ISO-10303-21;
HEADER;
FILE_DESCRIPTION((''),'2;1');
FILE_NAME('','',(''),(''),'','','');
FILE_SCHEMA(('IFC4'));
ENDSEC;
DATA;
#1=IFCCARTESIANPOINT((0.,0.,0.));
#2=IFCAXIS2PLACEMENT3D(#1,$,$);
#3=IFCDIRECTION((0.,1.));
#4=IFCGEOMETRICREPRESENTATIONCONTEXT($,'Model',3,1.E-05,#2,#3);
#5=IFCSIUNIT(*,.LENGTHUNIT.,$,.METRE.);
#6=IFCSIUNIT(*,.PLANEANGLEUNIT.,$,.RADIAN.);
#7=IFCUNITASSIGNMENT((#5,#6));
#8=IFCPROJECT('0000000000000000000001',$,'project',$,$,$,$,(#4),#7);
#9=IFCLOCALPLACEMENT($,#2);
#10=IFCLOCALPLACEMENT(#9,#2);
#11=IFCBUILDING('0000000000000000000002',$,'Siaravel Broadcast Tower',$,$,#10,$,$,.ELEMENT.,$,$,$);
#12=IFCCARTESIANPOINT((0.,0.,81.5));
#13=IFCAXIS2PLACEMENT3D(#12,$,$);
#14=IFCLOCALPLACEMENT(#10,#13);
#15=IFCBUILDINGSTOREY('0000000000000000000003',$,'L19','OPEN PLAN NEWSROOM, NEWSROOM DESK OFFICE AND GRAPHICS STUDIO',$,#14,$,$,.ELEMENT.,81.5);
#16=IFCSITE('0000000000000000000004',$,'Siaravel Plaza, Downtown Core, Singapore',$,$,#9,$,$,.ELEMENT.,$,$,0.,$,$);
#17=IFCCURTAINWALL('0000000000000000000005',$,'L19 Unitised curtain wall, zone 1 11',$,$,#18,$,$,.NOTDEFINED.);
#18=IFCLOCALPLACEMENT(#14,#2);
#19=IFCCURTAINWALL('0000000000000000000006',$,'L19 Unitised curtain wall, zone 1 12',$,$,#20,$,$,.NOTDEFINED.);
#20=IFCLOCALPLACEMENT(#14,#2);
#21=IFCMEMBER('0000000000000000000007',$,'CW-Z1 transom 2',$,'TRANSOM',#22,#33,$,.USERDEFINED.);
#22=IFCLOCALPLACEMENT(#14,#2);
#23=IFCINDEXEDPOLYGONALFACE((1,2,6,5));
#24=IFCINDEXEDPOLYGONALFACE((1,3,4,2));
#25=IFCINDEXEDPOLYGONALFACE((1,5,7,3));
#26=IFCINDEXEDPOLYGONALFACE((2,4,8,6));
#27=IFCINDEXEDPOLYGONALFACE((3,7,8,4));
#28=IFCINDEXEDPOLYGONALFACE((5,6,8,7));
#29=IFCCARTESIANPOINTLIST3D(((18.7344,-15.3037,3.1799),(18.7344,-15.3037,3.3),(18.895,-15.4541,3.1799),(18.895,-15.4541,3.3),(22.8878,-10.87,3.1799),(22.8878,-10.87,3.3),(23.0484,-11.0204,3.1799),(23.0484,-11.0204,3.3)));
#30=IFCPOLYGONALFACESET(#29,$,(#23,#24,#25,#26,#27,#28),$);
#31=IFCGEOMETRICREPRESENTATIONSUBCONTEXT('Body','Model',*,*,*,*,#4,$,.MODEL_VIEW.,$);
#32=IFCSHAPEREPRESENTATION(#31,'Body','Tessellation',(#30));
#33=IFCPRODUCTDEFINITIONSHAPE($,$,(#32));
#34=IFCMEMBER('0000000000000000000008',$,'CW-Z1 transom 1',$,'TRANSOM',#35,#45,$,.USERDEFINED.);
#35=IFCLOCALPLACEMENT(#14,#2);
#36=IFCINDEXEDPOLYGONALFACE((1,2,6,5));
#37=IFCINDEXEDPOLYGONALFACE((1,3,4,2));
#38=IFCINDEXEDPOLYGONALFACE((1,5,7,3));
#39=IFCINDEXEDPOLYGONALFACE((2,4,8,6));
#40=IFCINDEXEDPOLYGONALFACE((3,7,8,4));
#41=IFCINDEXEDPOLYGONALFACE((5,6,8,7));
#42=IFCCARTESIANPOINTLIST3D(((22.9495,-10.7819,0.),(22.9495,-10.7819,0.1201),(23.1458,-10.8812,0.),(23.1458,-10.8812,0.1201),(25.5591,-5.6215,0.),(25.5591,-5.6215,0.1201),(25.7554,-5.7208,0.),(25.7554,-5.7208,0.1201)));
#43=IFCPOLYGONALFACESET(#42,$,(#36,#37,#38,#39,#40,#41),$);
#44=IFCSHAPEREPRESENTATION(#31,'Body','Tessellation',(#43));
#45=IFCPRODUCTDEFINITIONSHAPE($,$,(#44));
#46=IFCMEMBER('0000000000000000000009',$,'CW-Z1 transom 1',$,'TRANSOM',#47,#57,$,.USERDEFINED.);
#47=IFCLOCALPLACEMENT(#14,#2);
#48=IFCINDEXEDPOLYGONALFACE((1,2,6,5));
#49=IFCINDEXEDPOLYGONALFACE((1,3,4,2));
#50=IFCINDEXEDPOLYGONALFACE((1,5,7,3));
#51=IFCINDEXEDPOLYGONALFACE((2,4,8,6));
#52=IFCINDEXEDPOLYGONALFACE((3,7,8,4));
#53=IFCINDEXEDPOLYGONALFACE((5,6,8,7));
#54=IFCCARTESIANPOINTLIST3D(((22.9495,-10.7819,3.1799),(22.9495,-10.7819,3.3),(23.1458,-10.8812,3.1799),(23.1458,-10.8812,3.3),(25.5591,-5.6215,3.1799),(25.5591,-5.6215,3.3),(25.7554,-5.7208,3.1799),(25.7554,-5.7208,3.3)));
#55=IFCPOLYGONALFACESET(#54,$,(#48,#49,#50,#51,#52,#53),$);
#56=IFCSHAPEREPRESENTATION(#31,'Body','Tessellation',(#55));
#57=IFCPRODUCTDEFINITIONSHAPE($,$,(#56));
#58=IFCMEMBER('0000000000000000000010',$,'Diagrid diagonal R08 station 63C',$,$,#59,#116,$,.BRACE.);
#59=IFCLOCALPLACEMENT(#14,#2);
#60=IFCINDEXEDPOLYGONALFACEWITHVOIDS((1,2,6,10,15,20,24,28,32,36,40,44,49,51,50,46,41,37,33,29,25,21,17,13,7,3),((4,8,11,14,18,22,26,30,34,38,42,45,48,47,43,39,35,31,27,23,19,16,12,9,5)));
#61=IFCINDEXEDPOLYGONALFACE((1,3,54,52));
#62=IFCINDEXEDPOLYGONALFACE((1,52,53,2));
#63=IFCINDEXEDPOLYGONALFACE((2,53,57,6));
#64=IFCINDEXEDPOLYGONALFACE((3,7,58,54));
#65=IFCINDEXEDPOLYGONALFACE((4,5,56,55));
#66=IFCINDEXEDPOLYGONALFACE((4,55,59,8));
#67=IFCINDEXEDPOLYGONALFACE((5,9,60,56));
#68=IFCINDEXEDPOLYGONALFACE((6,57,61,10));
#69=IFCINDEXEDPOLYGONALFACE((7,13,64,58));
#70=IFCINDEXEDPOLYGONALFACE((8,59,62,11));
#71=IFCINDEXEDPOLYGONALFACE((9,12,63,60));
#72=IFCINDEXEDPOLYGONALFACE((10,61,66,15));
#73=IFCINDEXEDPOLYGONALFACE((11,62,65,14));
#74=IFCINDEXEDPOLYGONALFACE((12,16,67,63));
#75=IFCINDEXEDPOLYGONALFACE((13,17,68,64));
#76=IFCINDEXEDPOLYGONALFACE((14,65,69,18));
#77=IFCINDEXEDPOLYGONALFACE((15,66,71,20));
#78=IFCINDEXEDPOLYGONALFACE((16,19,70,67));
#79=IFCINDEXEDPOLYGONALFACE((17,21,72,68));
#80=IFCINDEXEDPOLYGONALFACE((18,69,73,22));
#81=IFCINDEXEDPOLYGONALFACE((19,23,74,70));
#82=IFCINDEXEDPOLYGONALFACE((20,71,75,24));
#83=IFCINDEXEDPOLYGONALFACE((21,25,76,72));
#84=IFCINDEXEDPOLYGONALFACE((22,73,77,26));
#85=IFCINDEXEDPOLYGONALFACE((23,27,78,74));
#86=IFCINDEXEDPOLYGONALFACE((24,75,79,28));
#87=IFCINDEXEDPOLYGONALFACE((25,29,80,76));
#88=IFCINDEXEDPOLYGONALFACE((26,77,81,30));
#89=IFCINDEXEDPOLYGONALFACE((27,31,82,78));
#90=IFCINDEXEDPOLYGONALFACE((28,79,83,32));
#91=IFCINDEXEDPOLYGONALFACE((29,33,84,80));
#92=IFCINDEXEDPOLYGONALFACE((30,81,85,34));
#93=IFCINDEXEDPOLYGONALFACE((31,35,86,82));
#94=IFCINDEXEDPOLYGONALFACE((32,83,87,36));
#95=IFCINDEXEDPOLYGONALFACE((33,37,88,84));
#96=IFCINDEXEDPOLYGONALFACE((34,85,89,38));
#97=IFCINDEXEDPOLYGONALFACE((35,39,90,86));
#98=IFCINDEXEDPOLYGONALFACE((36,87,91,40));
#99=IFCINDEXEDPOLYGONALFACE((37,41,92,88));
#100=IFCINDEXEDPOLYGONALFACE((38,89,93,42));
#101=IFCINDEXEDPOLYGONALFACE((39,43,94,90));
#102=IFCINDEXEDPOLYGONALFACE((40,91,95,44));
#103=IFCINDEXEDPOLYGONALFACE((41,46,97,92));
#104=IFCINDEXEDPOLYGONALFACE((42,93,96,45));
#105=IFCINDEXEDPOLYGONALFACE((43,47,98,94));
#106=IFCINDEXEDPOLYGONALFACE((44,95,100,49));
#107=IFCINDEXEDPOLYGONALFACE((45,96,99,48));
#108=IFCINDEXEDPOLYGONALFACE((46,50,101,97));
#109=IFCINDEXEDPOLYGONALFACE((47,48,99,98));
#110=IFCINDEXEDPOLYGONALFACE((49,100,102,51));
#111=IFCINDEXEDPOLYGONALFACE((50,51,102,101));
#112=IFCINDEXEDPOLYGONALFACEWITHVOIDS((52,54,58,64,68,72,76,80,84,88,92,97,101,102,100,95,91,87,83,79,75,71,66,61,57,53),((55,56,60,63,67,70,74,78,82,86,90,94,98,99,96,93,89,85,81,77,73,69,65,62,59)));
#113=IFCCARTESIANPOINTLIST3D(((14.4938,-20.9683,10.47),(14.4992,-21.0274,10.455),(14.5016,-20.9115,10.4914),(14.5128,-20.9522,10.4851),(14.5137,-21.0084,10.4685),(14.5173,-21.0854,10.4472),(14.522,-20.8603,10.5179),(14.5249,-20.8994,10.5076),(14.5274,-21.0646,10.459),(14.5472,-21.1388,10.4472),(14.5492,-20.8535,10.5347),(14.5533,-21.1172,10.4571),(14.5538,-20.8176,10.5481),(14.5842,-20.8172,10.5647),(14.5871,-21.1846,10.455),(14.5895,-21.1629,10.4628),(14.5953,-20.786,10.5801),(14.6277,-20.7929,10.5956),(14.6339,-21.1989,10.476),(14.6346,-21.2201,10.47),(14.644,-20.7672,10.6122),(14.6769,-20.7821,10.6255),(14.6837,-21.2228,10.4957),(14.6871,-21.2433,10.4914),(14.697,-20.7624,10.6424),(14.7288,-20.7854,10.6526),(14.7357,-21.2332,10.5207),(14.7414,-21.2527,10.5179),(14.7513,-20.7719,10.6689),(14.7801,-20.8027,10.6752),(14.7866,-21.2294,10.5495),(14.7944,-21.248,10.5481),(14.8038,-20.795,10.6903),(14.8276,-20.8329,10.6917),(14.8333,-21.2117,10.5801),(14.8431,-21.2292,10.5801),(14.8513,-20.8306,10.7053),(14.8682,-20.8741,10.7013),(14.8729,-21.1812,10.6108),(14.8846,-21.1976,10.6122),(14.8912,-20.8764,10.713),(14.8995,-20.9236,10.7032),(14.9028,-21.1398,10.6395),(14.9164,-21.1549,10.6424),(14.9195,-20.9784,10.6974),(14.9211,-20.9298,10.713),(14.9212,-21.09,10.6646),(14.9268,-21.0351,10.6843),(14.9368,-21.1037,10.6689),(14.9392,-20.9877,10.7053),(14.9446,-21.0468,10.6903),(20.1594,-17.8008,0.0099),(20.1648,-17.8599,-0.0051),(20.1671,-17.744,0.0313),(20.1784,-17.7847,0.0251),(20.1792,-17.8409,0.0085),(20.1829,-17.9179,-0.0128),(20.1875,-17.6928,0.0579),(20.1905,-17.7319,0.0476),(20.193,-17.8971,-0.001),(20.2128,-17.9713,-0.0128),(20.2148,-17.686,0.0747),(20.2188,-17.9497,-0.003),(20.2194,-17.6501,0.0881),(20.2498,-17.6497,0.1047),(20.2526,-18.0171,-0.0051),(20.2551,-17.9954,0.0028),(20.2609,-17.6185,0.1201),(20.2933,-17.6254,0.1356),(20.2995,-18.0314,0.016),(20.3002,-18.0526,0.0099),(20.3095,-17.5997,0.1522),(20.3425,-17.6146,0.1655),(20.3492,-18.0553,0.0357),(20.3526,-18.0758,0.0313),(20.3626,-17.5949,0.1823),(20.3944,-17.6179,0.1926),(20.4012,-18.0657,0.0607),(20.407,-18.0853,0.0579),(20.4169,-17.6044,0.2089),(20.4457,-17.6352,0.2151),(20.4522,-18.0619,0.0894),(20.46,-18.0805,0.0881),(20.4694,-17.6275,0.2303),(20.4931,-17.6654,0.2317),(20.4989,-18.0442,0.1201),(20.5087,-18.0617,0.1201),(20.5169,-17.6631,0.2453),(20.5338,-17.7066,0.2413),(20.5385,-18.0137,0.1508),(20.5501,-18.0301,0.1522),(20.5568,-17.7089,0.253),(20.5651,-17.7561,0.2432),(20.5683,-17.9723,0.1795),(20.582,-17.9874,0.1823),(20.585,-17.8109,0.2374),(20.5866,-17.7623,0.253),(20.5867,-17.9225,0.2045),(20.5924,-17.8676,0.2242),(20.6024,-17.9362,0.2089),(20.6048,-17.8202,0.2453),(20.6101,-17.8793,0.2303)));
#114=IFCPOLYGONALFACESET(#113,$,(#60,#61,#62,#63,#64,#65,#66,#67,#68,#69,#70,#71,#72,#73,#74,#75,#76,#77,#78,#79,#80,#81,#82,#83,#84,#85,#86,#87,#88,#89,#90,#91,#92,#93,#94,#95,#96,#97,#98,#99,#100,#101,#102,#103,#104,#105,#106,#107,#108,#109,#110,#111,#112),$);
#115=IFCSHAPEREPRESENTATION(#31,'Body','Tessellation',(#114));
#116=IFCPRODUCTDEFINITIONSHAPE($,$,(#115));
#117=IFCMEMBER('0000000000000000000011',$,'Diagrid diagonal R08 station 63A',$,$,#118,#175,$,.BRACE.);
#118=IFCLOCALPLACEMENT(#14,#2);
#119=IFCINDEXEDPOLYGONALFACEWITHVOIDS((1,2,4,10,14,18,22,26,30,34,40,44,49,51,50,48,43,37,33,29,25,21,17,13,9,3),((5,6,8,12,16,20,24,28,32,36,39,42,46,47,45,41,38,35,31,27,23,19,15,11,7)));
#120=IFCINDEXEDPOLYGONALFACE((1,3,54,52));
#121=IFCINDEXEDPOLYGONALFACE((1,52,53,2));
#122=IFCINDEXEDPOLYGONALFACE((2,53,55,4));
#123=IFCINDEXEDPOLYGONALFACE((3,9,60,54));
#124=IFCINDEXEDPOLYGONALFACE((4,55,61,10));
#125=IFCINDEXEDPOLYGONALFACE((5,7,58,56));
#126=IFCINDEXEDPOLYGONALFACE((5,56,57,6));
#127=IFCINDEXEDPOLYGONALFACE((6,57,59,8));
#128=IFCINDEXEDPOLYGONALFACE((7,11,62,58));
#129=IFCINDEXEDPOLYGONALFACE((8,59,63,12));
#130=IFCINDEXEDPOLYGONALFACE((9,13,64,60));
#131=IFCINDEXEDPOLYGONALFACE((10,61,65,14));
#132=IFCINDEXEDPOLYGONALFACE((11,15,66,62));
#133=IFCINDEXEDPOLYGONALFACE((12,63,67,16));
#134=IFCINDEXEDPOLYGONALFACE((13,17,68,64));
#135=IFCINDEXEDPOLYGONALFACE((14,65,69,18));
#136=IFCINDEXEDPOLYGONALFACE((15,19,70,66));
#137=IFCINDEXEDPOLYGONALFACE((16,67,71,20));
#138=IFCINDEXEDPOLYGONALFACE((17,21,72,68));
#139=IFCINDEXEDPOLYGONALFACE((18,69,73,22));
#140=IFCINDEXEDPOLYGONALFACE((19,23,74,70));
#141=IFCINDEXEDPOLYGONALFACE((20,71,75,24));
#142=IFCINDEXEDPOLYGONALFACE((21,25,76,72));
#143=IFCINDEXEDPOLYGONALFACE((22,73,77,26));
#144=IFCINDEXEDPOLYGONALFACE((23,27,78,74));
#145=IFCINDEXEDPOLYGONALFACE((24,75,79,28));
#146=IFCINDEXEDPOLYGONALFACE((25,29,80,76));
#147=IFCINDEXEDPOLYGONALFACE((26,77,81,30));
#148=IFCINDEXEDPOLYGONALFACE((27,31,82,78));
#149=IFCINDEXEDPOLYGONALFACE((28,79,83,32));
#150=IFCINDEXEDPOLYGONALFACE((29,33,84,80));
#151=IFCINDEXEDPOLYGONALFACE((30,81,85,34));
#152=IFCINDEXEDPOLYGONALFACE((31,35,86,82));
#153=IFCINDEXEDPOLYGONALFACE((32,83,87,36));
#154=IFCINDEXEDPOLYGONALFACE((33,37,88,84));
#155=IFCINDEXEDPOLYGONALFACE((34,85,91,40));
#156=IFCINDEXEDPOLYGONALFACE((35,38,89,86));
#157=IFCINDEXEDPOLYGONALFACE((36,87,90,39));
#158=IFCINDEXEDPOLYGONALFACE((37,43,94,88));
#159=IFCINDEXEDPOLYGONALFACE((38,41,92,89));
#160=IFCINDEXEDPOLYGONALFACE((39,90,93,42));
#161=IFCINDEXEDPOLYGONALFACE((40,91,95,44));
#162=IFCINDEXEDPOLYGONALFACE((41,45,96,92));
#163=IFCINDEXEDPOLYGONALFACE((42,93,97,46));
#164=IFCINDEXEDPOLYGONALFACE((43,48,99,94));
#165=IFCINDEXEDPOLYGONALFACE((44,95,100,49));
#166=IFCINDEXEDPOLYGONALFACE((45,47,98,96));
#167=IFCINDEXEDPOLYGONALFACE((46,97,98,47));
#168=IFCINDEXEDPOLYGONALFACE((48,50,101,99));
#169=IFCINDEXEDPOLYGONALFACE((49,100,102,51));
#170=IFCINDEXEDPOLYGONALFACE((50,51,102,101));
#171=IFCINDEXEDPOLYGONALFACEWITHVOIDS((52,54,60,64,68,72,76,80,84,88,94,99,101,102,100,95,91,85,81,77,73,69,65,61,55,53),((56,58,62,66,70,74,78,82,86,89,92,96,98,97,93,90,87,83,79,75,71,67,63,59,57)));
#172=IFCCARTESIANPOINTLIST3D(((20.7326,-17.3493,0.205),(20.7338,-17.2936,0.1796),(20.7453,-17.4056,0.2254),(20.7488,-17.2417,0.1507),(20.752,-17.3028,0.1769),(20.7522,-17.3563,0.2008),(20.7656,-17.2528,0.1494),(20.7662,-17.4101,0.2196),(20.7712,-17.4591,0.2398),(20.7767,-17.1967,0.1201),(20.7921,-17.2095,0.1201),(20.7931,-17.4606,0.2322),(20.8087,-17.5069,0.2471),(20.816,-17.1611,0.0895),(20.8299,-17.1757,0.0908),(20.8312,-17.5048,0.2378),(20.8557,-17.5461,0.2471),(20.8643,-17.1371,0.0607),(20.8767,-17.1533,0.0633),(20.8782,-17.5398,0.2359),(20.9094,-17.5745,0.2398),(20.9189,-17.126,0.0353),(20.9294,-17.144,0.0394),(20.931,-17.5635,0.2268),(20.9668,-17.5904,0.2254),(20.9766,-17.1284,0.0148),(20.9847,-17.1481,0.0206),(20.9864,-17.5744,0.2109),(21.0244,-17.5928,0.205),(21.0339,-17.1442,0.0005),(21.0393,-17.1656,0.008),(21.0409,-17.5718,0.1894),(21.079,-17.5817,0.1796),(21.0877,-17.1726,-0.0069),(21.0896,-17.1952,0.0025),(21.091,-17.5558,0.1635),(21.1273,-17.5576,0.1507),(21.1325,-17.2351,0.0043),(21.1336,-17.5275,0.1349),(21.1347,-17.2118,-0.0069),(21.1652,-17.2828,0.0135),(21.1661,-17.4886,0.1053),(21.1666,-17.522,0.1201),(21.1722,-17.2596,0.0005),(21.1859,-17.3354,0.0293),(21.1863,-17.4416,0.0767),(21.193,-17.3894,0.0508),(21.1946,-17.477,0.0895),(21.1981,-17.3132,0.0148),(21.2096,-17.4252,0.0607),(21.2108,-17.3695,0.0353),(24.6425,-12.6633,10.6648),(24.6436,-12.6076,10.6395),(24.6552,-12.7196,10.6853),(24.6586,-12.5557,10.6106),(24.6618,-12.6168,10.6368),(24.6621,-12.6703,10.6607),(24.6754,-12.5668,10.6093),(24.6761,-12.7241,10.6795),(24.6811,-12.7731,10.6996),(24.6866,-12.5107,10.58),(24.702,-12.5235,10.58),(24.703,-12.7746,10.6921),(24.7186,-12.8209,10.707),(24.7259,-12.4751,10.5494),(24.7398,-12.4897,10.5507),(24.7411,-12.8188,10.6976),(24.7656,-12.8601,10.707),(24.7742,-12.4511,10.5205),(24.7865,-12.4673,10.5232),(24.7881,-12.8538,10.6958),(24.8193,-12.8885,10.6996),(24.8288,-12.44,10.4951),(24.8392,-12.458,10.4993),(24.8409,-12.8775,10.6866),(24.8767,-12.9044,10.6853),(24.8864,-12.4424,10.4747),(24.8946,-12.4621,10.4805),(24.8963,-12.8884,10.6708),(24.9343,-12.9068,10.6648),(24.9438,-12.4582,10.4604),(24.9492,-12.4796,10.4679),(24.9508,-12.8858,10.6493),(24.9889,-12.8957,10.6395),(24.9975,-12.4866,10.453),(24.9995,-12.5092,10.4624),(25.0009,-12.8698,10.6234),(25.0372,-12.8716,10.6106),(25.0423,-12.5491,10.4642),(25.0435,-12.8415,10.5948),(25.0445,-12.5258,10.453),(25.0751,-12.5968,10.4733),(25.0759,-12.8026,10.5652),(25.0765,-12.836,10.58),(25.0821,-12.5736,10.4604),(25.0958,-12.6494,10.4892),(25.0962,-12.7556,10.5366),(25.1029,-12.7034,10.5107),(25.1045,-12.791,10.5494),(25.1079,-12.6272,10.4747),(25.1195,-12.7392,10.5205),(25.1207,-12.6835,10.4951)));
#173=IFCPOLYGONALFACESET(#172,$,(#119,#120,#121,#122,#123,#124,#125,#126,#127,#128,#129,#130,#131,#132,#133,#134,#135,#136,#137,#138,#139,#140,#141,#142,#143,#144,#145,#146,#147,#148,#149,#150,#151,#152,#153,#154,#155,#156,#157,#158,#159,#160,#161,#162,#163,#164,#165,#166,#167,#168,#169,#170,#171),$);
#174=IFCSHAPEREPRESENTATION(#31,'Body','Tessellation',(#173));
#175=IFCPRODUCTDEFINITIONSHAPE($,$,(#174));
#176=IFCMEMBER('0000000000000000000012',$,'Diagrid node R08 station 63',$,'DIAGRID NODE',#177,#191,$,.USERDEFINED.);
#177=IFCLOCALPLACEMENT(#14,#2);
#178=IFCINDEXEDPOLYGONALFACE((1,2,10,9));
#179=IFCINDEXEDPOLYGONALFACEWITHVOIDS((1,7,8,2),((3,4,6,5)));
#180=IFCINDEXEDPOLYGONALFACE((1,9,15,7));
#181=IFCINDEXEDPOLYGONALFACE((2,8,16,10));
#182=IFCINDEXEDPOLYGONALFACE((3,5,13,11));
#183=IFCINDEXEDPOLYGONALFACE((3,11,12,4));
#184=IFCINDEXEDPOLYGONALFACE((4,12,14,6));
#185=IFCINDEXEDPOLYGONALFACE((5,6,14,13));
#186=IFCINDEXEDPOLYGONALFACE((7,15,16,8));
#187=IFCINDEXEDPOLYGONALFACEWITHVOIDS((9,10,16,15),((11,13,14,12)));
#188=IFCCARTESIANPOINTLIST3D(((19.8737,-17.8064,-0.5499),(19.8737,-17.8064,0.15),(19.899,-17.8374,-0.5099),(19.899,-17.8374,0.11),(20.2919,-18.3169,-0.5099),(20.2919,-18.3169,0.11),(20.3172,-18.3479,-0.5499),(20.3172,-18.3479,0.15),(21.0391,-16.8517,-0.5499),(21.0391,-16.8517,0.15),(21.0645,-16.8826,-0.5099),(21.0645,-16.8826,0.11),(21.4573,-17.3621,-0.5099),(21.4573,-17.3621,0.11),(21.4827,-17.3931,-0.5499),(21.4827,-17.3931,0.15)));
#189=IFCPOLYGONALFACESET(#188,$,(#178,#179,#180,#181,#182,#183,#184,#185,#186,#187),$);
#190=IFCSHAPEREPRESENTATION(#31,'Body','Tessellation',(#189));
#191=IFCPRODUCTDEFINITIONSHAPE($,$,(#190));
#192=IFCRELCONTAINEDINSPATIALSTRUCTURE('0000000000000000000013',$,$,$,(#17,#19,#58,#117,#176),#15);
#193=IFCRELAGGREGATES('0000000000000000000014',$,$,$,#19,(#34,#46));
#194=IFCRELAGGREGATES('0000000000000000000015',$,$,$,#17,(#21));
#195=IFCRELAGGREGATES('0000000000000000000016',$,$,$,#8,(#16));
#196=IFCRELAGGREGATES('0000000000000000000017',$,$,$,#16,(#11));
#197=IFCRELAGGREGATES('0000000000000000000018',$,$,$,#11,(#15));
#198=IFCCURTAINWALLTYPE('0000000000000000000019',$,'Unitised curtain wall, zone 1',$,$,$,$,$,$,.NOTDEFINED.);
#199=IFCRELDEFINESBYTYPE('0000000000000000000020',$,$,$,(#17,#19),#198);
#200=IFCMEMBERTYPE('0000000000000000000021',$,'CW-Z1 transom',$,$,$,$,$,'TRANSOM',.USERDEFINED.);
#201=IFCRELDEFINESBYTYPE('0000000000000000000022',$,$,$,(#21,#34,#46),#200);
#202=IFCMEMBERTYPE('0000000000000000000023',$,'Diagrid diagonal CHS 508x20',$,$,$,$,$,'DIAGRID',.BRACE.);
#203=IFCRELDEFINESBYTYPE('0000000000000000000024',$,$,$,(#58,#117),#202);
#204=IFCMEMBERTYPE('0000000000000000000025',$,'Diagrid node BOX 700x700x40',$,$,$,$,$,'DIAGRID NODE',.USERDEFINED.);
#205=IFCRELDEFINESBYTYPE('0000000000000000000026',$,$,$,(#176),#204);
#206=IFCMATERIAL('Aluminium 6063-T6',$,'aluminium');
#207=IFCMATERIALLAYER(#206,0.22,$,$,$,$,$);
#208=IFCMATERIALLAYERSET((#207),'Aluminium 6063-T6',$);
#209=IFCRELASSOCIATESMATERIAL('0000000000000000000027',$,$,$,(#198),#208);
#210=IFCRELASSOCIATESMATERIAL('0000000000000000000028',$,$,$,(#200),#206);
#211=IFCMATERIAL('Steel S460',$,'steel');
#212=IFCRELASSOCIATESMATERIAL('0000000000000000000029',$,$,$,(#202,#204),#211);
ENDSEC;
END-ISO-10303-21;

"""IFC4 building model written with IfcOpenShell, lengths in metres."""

from ifc_helpers import new_model, si_unit, direction, frame, origin, origin_2d, place, context, subcontext, project, spatial, rectangle, hollow_rectangle, hollow_circle, extrude, material, layer, layer_set, material_profile, profile_set, type_object, element, aggregate, save


model = new_model("IFC4")

# Units and contexts
model_context = context("Model", 3, precision=1e-05, world=origin(), true_north=direction((0.0, 1.0)))
body_context = subcontext(model_context, "Body", "Model", "MODEL_VIEW")
ifc_project = project(units=[si_unit("LENGTHUNIT", "METRE"), si_unit("PLANEANGLEUNIT", "RADIAN")], contexts=[model_context])

# Site, building, storey
site_placement = place(None, origin())
site = spatial("IfcSite", under=ifc_project, at=site_placement, Name="Siaravel Plaza, Downtown Core, Singapore", CompositionType="ELEMENT", RefElevation=0.0)
building_placement = place(site_placement, origin())
building = spatial("IfcBuilding", under=site, at=building_placement, Name="Siaravel Broadcast Tower", CompositionType="ELEMENT")
storey_placement = place(building_placement, frame((0.0, 0.0, 81.5)))
storey = spatial("IfcBuildingStorey", under=building, at=storey_placement, Name="L19", Description="OPEN PLAN NEWSROOM, NEWSROOM DESK OFFICE AND GRAPHICS STUDIO", CompositionType="ELEMENT", Elevation=81.5)

# Curtain wall
ifc_material_1 = material(Name="Aluminium 6063-T6", Category="aluminium")
ifc_layer_1 = layer(ifc_material_1, 0.22)
ifc_layer_set_1 = layer_set([ifc_layer_1], Name="Aluminium 6063-T6")
curtain_wall_type = type_object("IfcCurtainWallType", Name="Unitised curtain wall, zone 1", PredefinedType="NOTDEFINED", material=ifc_layer_set_1)
curtain_wall_1_placement = place(storey_placement, origin())
curtain_wall_1 = element("IfcCurtainWall", 1, at=curtain_wall_1_placement, inside=storey, type_object=curtain_wall_type, Name="L19 Unitised curtain wall, zone 1 11", PredefinedType="NOTDEFINED")

# Curtain wall
curtain_wall_2_placement = place(storey_placement, origin())
curtain_wall_2 = element("IfcCurtainWall", 2, at=curtain_wall_2_placement, inside=storey, type_object=curtain_wall_type, Name="L19 Unitised curtain wall, zone 1 12", PredefinedType="NOTDEFINED")

# Members
ifc_material_profile_1 = material_profile(ifc_material_1, rectangle(XDim=0.22, YDim=0.1201, at=origin_2d()))
ifc_profile_set_1 = profile_set([ifc_material_profile_1], Name="Aluminium 6063-T6")
member_type_1 = type_object("IfcMemberType", Name="CW-Z1 transom", ElementType="TRANSOM", PredefinedType="USERDEFINED", material=ifc_profile_set_1)
member_1_placement = place(storey_placement, frame((18.8147, -15.3789, 3.24), z_axis=(0.683663, 0.729798, 0.0), x_axis=(-0.729798, 0.683663, 0.0)))
member_1 = element("IfcMember", 3, at=member_1_placement, type_object=member_type_1, Name="CW-Z1 transom 2", ObjectType="TRANSOM", PredefinedType="USERDEFINED", context=body_context, shape_type="SweptSolid", body=[
    extrude(rectangle(XDim=0.22, YDim=0.1201, at=origin_2d()), origin(), (0.0, 0.0, 1.0), 6.0752),
])
member_2_placement = place(storey_placement, frame((23.0476, -10.8315, 0.0601), z_axis=(0.451279, 0.892383, 0.0), x_axis=(-0.892383, 0.451279, 0.0)))
member_2 = element("IfcMember", 4, at=member_2_placement, type_object=member_type_1, Name="CW-Z1 transom 1", ObjectType="TRANSOM", PredefinedType="USERDEFINED", context=body_context, shape_type="SweptSolid", body=[
    extrude(rectangle(XDim=0.22, YDim=0.1201, at=origin_2d()), origin(), (0.0, 0.0, 1.0), 5.7827),
])
member_3_placement = place(storey_placement, frame((23.0476, -10.8315, 3.24), z_axis=(0.451279, 0.892383, 0.0), x_axis=(-0.892383, 0.451279, 0.0)))
member_3 = element("IfcMember", 5, at=member_3_placement, type_object=member_type_1, Name="CW-Z1 transom 1", ObjectType="TRANSOM", PredefinedType="USERDEFINED", context=body_context, shape_type="SweptSolid", body=[
    extrude(rectangle(XDim=0.22, YDim=0.1201, at=origin_2d()), origin(), (0.0, 0.0, 1.0), 5.7827),
])
aggregate(curtain_wall_2, [member_2, member_3])

# Members
ifc_material_2 = material(Name="Steel S460", Category="steel")
ifc_material_profile_2 = material_profile(ifc_material_2, hollow_circle(Radius=0.2539, WallThickness=0.02, at=origin_2d()))
ifc_profile_set_2 = profile_set([ifc_material_profile_2], Name="Steel S460")
member_type_2 = type_object("IfcMemberType", Name="Diagrid diagonal CHS 508x20", ElementType="DIAGRID", PredefinedType="BRACE", material=ifc_profile_set_2)
member_4_placement = place(storey_placement, frame((20.3848, -17.8401, 0.1201), z_axis=(-0.460229, -0.257305, 0.849696), x_axis=(0.487992, -0.872848, 0.0)))
element("IfcMember", 6, at=member_4_placement, inside=storey, type_object=member_type_2, Name="Diagrid diagonal R08 station 63C", PredefinedType="BRACE", context=body_context, shape_type="SweptSolid", body=[
    extrude(hollow_circle(Radius=0.2539, WallThickness=0.02, at=origin_2d()), origin(), (0.0, 0.0, 1.0), 12.3103),
])
member_5_placement = place(storey_placement, frame((20.9717, -17.3594, 0.1201), z_axis=(0.322861, 0.386949, 0.863731), x_axis=(-0.767828, 0.640656, 0.0)))
element("IfcMember", 7, at=member_5_placement, inside=storey, type_object=member_type_2, Name="Diagrid diagonal R08 station 63A", PredefinedType="BRACE", context=body_context, shape_type="SweptSolid", body=[
    extrude(hollow_circle(Radius=0.2539, WallThickness=0.02, at=origin_2d()), origin(), (0.0, 0.0, 1.0), 12.1101),
])
ifc_material_profile_3 = material_profile(ifc_material_2, hollow_rectangle(XDim=0.7, YDim=0.7, WallThickness=0.04, at=origin_2d()))
ifc_profile_set_3 = profile_set([ifc_material_profile_3], Name="Steel S460")
member_type_3 = type_object("IfcMemberType", Name="Diagrid node BOX 700x700x40", ElementType="DIAGRID NODE", PredefinedType="USERDEFINED", material=ifc_profile_set_3)
member_6_placement = place(storey_placement, frame((20.0955, -18.0771, -0.2), z_axis=(0.77356, 0.633723, 0.0), x_axis=(-0.633723, 0.77356, 0.0)))
element("IfcMember", 8, at=member_6_placement, inside=storey, type_object=member_type_3, Name="Diagrid node R08 station 63", ObjectType="DIAGRID NODE", PredefinedType="USERDEFINED", context=body_context, shape_type="SweptSolid", body=[
    extrude(hollow_rectangle(XDim=0.7, YDim=0.7, WallThickness=0.04, at=origin_2d()), origin(), (0.0, 0.0, 1.0), 1.5066),
])

aggregate(curtain_wall_1, [member_1])

save(model, "model.ifc")
